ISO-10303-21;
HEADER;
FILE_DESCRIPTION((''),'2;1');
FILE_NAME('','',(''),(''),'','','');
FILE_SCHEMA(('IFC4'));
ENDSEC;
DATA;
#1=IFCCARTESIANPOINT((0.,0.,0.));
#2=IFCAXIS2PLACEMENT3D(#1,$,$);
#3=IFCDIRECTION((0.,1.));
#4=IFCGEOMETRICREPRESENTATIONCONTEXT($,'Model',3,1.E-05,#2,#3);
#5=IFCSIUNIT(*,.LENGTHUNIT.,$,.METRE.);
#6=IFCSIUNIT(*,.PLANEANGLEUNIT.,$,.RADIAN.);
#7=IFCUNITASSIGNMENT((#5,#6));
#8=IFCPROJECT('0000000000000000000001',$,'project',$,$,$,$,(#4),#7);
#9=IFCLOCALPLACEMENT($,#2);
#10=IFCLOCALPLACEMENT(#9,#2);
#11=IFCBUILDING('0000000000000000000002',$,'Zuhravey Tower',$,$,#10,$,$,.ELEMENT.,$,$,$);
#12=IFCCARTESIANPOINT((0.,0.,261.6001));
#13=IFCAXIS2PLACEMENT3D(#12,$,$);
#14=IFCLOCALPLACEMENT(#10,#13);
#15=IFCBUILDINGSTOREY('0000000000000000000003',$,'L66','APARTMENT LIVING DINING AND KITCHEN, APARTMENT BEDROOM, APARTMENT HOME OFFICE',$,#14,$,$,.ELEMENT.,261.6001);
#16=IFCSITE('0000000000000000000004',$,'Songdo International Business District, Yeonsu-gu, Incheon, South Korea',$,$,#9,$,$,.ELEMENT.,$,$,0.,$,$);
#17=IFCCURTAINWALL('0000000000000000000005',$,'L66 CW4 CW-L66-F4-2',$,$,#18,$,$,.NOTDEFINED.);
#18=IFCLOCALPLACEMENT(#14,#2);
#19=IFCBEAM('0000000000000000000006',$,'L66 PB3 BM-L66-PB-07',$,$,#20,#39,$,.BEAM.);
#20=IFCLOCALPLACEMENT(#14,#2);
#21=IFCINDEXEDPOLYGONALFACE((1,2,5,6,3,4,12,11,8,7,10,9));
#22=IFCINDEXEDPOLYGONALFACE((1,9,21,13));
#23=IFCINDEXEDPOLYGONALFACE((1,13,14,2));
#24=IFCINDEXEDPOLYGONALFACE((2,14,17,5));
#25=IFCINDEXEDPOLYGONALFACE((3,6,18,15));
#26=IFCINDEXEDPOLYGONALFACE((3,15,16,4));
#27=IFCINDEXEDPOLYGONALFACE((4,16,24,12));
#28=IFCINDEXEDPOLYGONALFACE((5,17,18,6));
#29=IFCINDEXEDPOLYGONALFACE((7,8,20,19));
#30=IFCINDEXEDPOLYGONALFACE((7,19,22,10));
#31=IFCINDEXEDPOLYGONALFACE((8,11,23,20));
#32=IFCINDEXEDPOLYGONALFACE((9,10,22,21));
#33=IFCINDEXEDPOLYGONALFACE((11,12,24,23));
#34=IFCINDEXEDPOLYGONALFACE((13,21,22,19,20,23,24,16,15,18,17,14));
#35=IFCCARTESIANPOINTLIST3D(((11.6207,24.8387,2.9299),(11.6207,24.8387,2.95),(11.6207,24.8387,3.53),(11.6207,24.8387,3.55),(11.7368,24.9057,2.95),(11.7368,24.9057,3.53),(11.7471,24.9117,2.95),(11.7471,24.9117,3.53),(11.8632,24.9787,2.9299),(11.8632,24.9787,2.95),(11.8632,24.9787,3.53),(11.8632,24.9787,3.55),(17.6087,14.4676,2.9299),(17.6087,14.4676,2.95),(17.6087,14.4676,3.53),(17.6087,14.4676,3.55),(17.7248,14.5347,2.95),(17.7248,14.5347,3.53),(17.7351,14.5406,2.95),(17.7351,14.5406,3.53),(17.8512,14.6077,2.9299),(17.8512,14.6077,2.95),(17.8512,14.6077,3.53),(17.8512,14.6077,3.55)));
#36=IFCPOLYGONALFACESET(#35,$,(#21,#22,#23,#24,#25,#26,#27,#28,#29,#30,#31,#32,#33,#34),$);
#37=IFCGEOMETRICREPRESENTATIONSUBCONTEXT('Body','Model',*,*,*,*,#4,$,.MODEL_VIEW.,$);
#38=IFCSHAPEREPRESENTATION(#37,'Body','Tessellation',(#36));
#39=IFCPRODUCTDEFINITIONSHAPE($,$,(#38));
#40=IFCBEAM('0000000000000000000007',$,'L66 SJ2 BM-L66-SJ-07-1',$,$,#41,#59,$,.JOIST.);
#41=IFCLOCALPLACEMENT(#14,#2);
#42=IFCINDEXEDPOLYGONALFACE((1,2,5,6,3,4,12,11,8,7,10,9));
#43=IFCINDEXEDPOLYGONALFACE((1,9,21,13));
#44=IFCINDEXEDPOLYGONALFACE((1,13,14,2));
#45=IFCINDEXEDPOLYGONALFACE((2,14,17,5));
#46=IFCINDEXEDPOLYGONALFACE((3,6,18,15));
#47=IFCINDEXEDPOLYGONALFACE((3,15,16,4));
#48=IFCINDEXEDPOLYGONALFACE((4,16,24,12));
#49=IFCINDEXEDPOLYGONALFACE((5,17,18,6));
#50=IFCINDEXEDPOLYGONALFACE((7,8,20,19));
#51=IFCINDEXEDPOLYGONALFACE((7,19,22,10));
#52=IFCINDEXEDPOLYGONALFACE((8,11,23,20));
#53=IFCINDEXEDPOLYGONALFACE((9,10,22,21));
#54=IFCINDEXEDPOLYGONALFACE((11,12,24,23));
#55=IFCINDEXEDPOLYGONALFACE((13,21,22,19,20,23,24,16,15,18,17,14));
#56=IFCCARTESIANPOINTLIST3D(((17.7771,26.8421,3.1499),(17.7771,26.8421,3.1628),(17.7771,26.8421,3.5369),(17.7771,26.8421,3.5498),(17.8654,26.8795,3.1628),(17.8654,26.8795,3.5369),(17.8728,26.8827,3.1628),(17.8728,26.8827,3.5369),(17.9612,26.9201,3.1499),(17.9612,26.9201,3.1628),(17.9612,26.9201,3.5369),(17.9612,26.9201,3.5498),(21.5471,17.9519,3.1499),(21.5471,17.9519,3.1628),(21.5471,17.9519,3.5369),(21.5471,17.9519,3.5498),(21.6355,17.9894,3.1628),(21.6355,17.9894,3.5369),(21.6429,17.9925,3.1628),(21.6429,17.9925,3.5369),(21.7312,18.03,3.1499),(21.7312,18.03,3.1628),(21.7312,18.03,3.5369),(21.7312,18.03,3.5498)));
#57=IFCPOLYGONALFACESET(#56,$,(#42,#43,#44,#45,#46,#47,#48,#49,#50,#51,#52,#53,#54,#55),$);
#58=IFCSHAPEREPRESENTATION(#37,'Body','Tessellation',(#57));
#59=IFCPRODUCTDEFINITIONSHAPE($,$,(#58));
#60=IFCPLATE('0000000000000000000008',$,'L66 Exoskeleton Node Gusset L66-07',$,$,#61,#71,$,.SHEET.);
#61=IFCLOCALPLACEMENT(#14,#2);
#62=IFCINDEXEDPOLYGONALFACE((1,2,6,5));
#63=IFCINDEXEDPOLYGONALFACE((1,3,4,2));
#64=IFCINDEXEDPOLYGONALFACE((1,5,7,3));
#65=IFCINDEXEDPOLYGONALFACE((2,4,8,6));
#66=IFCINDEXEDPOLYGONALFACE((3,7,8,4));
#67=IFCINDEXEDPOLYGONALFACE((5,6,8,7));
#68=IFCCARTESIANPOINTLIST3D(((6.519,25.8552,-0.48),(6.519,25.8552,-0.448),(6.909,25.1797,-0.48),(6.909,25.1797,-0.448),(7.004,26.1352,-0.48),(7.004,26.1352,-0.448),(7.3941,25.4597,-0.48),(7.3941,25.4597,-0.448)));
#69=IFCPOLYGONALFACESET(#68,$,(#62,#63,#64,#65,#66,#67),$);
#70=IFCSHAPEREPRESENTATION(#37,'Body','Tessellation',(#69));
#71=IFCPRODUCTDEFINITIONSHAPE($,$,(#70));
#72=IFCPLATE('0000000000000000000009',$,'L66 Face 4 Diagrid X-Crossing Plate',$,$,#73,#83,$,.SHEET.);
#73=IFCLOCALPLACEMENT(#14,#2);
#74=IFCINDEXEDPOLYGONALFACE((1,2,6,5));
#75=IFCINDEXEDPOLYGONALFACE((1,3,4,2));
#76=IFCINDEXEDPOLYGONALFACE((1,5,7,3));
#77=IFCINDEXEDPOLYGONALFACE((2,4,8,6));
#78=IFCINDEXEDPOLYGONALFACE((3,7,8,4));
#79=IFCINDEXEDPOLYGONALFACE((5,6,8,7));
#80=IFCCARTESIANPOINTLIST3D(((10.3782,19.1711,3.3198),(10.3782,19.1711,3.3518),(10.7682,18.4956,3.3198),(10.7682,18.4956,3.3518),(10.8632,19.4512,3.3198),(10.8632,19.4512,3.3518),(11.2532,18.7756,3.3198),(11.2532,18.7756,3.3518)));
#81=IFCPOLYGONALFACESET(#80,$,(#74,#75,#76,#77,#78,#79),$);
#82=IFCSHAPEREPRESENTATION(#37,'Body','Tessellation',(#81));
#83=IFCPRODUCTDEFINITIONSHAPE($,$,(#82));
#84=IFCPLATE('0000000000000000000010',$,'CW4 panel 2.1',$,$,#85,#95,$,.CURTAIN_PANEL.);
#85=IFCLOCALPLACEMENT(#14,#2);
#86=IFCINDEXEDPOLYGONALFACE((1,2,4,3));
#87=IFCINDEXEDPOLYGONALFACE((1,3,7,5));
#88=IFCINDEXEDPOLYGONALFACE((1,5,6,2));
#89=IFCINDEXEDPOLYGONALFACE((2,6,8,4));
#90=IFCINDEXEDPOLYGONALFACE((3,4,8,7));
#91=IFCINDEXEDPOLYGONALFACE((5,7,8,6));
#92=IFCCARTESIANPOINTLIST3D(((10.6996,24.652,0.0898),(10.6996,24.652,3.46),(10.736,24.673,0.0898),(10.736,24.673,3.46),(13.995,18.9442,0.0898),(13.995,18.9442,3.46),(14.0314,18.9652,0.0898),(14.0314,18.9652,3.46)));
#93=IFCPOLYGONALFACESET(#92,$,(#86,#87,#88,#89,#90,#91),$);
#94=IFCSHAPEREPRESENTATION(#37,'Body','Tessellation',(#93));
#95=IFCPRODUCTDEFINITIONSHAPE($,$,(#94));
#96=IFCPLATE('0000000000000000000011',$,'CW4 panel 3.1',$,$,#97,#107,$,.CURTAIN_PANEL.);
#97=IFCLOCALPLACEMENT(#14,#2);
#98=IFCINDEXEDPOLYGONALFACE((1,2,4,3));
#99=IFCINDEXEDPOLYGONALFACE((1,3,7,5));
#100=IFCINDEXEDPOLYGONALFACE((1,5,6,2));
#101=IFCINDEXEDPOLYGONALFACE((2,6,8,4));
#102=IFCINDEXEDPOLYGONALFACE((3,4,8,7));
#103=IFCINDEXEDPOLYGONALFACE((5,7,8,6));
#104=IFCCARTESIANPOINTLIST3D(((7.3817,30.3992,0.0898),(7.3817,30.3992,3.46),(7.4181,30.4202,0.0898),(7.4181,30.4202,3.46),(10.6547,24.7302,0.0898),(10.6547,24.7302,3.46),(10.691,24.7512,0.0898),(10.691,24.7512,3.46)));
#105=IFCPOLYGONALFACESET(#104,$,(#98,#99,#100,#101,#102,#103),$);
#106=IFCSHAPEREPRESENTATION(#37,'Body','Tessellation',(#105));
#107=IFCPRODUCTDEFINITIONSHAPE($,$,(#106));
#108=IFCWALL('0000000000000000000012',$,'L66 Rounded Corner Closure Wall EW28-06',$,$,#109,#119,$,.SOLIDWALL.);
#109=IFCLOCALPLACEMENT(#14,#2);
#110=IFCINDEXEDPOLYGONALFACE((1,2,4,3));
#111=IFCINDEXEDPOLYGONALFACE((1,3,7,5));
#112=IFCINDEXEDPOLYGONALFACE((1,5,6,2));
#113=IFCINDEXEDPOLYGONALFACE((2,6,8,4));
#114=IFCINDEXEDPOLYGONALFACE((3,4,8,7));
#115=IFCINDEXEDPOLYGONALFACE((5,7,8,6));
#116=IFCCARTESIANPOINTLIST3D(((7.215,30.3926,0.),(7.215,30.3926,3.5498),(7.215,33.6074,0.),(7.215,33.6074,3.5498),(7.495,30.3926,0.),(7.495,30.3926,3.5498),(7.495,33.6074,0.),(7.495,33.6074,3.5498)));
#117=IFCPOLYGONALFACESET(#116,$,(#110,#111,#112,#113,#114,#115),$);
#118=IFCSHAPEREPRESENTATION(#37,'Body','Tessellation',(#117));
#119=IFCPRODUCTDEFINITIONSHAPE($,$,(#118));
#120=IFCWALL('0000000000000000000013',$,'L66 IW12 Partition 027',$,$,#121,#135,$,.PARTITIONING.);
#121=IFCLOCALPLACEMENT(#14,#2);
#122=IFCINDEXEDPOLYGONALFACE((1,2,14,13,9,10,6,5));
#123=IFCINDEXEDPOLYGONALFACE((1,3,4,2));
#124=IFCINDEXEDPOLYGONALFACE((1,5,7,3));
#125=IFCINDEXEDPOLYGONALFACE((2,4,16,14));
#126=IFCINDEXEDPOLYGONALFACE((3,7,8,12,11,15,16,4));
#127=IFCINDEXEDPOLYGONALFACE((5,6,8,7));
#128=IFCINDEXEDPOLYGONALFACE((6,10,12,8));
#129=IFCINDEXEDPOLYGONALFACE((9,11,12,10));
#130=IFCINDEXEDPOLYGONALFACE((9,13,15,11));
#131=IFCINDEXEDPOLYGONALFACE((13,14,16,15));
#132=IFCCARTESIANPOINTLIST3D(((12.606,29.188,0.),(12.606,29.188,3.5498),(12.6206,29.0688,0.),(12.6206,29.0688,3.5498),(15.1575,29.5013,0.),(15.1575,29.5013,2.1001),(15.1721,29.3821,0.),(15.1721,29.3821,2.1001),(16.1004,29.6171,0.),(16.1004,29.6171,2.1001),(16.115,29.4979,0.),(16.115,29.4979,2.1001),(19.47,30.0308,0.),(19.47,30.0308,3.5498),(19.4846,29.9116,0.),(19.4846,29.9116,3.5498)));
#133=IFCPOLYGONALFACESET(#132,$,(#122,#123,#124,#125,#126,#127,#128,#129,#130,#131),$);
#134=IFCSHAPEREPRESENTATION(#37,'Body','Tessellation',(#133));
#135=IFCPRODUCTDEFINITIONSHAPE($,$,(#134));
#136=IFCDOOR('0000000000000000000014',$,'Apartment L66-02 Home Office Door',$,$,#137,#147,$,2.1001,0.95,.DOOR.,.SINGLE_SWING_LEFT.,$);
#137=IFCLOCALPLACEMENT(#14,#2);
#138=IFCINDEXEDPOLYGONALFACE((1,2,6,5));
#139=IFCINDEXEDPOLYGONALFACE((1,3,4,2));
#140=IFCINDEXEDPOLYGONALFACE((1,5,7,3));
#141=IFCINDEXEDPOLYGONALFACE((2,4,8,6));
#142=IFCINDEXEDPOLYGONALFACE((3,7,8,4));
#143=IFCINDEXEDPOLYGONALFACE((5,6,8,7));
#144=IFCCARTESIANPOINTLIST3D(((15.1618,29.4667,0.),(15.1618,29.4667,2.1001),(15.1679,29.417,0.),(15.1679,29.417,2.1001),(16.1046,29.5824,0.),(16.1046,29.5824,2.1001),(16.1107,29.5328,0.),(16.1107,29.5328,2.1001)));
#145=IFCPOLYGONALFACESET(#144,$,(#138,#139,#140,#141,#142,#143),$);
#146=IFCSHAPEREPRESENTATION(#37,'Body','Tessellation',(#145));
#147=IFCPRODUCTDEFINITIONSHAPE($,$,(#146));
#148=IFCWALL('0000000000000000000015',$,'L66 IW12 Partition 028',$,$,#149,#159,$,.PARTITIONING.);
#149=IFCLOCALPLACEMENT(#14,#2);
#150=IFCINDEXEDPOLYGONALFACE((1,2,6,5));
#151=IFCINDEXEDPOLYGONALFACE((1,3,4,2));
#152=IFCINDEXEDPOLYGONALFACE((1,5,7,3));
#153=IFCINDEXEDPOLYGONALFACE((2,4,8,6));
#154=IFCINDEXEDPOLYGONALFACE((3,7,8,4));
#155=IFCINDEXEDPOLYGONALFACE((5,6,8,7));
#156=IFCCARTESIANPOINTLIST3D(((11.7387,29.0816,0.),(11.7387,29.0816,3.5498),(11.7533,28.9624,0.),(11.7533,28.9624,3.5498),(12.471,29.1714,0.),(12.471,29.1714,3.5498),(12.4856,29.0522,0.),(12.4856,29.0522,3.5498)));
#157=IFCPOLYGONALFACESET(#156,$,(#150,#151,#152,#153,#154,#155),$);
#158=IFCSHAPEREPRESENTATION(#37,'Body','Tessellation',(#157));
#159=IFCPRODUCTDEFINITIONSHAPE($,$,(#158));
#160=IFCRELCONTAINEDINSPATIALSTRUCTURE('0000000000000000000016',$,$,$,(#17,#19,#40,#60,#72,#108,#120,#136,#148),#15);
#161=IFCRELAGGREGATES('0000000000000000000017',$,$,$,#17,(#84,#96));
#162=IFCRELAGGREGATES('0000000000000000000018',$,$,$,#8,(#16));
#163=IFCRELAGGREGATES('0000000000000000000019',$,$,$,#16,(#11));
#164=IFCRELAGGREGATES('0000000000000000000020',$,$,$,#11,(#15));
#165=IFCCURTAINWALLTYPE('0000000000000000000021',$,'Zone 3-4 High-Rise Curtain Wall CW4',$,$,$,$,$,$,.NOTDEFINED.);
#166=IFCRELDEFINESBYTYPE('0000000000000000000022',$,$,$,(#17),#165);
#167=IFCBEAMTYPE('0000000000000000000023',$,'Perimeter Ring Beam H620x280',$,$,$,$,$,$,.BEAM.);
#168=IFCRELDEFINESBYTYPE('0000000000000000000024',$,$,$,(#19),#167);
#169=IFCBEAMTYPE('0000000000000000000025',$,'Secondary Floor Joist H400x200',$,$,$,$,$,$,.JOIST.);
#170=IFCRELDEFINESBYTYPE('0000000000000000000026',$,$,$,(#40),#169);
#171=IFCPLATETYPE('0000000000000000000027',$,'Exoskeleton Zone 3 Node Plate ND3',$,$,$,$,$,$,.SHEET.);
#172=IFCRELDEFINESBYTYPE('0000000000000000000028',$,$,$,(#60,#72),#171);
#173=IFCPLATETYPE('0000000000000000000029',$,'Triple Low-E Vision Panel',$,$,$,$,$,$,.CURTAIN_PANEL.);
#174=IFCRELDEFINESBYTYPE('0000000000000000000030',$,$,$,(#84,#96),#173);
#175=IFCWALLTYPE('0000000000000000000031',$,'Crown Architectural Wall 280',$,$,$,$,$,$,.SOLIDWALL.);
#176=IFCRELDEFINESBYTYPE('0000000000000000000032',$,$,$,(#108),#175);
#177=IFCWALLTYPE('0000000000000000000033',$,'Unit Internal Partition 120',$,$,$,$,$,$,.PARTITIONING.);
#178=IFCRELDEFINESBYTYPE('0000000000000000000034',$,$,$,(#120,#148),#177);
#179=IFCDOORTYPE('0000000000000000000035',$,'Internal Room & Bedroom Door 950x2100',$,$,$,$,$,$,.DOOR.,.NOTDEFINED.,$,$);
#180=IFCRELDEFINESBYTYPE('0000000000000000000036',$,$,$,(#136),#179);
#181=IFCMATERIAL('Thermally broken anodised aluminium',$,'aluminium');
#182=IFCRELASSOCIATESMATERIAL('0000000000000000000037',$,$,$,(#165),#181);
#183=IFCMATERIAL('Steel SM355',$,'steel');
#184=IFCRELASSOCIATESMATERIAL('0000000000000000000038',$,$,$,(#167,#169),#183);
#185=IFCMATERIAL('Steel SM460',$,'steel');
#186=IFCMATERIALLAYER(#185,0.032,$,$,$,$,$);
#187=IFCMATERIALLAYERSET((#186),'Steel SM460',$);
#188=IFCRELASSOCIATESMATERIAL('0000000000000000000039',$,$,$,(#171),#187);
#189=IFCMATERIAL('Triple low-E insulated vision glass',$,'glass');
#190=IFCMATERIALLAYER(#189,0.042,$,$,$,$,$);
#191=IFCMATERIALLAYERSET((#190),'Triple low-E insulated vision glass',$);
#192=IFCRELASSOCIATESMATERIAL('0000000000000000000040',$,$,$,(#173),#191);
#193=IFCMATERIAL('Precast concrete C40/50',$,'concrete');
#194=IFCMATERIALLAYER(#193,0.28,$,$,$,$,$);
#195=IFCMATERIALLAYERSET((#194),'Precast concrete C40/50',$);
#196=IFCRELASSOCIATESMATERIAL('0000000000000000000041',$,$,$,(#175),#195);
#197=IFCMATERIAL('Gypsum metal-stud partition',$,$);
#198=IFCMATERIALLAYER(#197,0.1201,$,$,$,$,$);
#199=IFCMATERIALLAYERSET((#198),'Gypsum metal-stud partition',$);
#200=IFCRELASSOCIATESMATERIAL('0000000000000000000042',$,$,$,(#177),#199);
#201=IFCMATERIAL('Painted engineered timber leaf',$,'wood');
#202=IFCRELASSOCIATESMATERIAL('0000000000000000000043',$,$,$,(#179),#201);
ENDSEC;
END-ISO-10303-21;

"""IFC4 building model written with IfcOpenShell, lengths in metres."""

from ifc_helpers import new_model, si_unit, direction, frame, frame_2d, origin, origin_2d, place, context, subcontext, project, spatial, rectangle, i_section, extrude, material, layer, layer_set, material_profile, profile_set, type_object, element, fill, aggregate, save


model = new_model("IFC4")

# Units and contexts
model_context = context("Model", 3, precision=1e-05, world=origin(), true_north=direction((0.0, 1.0)))
body_context = subcontext(model_context, "Body", "Model", "MODEL_VIEW")
ifc_project = project(units=[si_unit("LENGTHUNIT", "METRE"), si_unit("PLANEANGLEUNIT", "RADIAN")], contexts=[model_context])

# Site, building, storey
site_placement = place(None, origin())
site = spatial("IfcSite", under=ifc_project, at=site_placement, Name="Songdo International Business District, Yeonsu-gu, Incheon, South Korea", CompositionType="ELEMENT", RefElevation=0.0)
building_placement = place(site_placement, origin())
building = spatial("IfcBuilding", under=site, at=building_placement, Name="Zuhravey Tower", CompositionType="ELEMENT")
storey_placement = place(building_placement, frame((0.0, 0.0, 261.6001)))
storey = spatial("IfcBuildingStorey", under=building, at=storey_placement, Name="L66", Description="APARTMENT LIVING DINING AND KITCHEN, APARTMENT BEDROOM, APARTMENT HOME OFFICE", CompositionType="ELEMENT", Elevation=261.6001)

# Curtain wall
ifc_material_1 = material(Name="Thermally broken anodised aluminium", Category="aluminium")
curtain_wall_type = type_object("IfcCurtainWallType", Name="Zone 3-4 High-Rise Curtain Wall CW4", PredefinedType="NOTDEFINED", material=ifc_material_1)
curtain_wall_placement = place(storey_placement, origin())
curtain_wall = element("IfcCurtainWall", 1, at=curtain_wall_placement, inside=storey, type_object=curtain_wall_type, Name="L66 CW4 CW-L66-F4-2", PredefinedType="NOTDEFINED")

# Shared definitions
ifc_material_2 = material(Name="Steel SM355", Category="steel")

# Beams
ifc_material_profile_1 = material_profile(ifc_material_2, i_section(OverallWidth=0.28, OverallDepth=0.6201, WebThickness=0.012, FlangeThickness=0.02, at=origin_2d()), Name="H-620x280x12x20")
ifc_profile_set_1 = profile_set([ifc_material_profile_1], Name="Steel SM355")
beam_type_1 = type_object("IfcBeamType", Name="Perimeter Ring Beam H620x280", PredefinedType="BEAM", material=ifc_profile_set_1)
beam_1_placement = place(storey_placement, frame((11.7419, 24.9087, 3.24), z_axis=(0.500018, -0.866015, 0.0), x_axis=(0.866015, 0.500018, 0.0)))
element("IfcBeam", 2, at=beam_1_placement, inside=storey, type_object=beam_type_1, Name="L66 PB3 BM-L66-PB-07", PredefinedType="BEAM", context=body_context, shape_type="SweptSolid", body=[
    extrude(i_section(OverallWidth=0.28, OverallDepth=0.6201, WebThickness=0.012, FlangeThickness=0.02, at=origin_2d()), origin(), (0.0, 0.0, 1.0), 11.9756),
])
ifc_material_profile_2 = material_profile(ifc_material_2, i_section(OverallWidth=0.2, OverallDepth=0.3999, WebThickness=0.0081, FlangeThickness=0.0129, at=origin_2d()), Name="H-400x200x8x13")
ifc_profile_set_2 = profile_set([ifc_material_profile_2], Name="Steel SM355")
beam_type_2 = type_object("IfcBeamType", Name="Secondary Floor Joist H400x200", PredefinedType="JOIST", material=ifc_profile_set_2)
beam_2_placement = place(storey_placement, frame((17.8691, 26.8811, 3.3499), z_axis=(0.390413, -0.92064, 0.0), x_axis=(0.92064, 0.390413, 0.0)))
element("IfcBeam", 3, at=beam_2_placement, inside=storey, type_object=beam_type_2, Name="L66 SJ2 BM-L66-SJ-07-1", PredefinedType="JOIST", context=body_context, shape_type="SweptSolid", body=[
    extrude(i_section(OverallWidth=0.2, OverallDepth=0.3999, WebThickness=0.0081, FlangeThickness=0.0129, at=origin_2d()), origin(), (0.0, 0.0, 1.0), 9.6565),
])

# Plates
ifc_material_3 = material(Name="Steel SM460", Category="steel")
ifc_layer_1 = layer(ifc_material_3, 0.032)
ifc_layer_set_1 = layer_set([ifc_layer_1], Name="Steel SM460")
plate_type_1 = type_object("IfcPlateType", Name="Exoskeleton Zone 3 Node Plate ND3", PredefinedType="SHEET", material=ifc_layer_set_1)
for number, where, z_axis, x_axis, name in (
    (4, (6.9565, 25.6575, -0.48), (0.0, 0.0, 1.0), (0.5, -0.866025, 0.0), "L66 Exoskeleton Node Gusset L66-07"),
    (5, (10.8157, 18.9734, 3.3198), (0.0, 0.0, 1.0), (0.5, -0.866025, 0.0), "L66 Face 4 Diagrid X-Crossing Plate"),
):
    element("IfcPlate", number, at=place(storey_placement, frame(where, z_axis=z_axis, x_axis=x_axis)), inside=storey, type_object=plate_type_1, Name=name, PredefinedType="SHEET", context=body_context, shape_type="SweptSolid", body=[
        extrude(rectangle(XDim=0.78, YDim=0.5601, at=origin_2d()), origin(), (0.0, 0.0, 1.0), 0.032),
    ])

# Plates
ifc_material_4 = material(Name="Triple low-E insulated vision glass", Category="glass")
ifc_layer_2 = layer(ifc_material_4, 0.042)
ifc_layer_set_2 = layer_set([ifc_layer_2], Name="Triple low-E insulated vision glass")
plate_type_2 = type_object("IfcPlateType", Name="Triple Low-E Vision Panel", PredefinedType="CURTAIN_PANEL", material=ifc_layer_set_2)
plate_1_placement = place(storey_placement, frame((12.3655, 21.8086, 0.0898), z_axis=(0.0, 0.0, 1.0), x_axis=(-0.499999, 0.866026, 0.0)))
plate_1 = element("IfcPlate", 6, at=plate_1_placement, type_object=plate_type_2, Name="CW4 panel 2.1", PredefinedType="CURTAIN_PANEL", context=body_context, shape_type="SweptSolid", body=[
    extrude(rectangle(XDim=6.5908, YDim=0.042, at=origin_2d()), origin(), (0.0, 0.0, 1.0), 3.3701),
])
plate_2_placement = place(storey_placement, frame((9.0364, 27.5752, 0.0898), z_axis=(0.0, 0.0, 1.0), x_axis=(-0.499999, 0.866026, 0.0)))
plate_2 = element("IfcPlate", 7, at=plate_2_placement, type_object=plate_type_2, Name="CW4 panel 3.1", PredefinedType="CURTAIN_PANEL", context=body_context, shape_type="SweptSolid", body=[
    extrude(rectangle(XDim=6.5459, YDim=0.042, at=origin_2d()), origin(), (0.0, 0.0, 1.0), 3.3701),
])
aggregate(curtain_wall, [plate_1, plate_2])

# Wall
ifc_material_5 = material(Name="Precast concrete C40/50", Category="concrete")
ifc_layer_3 = layer(ifc_material_5, 0.28)
ifc_layer_set_3 = layer_set([ifc_layer_3], Name="Precast concrete C40/50")
wall_type_1 = type_object("IfcWallType", Name="Crown Architectural Wall 280", PredefinedType="SOLIDWALL", material=ifc_layer_set_3)
wall_1_placement = place(storey_placement, frame((7.355, 30.3926, 0.0), z_axis=(0.0, 0.0, 1.0), x_axis=(0.0, 1.0, 0.0)))
element("IfcWall", 8, at=wall_1_placement, inside=storey, type_object=wall_type_1, Name="L66 Rounded Corner Closure Wall EW28-06", PredefinedType="SOLIDWALL", context=body_context, shape_type="SweptSolid", body=[
    extrude(rectangle(XDim=3.2148, YDim=0.28, at=frame_2d((1.6074, 0.0))), origin(), (0.0, 0.0, 1.0), 3.5498),
])

# Wall, opening, door
ifc_material_6 = material(Name="Gypsum metal-stud partition")
ifc_layer_4 = layer(ifc_material_6, 0.1201)
ifc_layer_set_4 = layer_set([ifc_layer_4], Name="Gypsum metal-stud partition")
wall_type_2 = type_object("IfcWallType", Name="Unit Internal Partition 120", PredefinedType="PARTITIONING", material=ifc_layer_set_4)
wall_2_placement = place(storey_placement, frame((19.4773, 29.9712, 0.0), z_axis=(0.0, 0.0, 1.0), x_axis=(-0.992547, -0.121866, 0.0)))
wall_2 = element("IfcWall", 9, at=wall_2_placement, inside=storey, type_object=wall_type_2, Name="L66 IW12 Partition 027", PredefinedType="PARTITIONING", context=body_context, shape_type="SweptSolid", body=[
    extrude(rectangle(XDim=6.9155, YDim=0.1201, at=frame_2d((3.4578, 0.0))), origin(), (0.0, 0.0, 1.0), 3.5498),
])
opening_1_placement = place(wall_2_placement, frame((3.3948, 0.0, 0.0)))
opening_1 = element("IfcOpeningElement", 10, at=opening_1_placement, cuts=wall_2, PredefinedType="OPENING", context=body_context, shape_type="SweptSolid", body=[
    extrude(rectangle(XDim=0.95, YDim=2.1001, at=frame_2d((0.4751, 1.05))), frame((0.0, 0.072, 0.0), z_axis=(0.0, -1.0, 0.0), x_axis=(1.0, 0.0, 0.0)), (0.0, 0.0, 1.0), 0.144),
])
ifc_material_7 = material(Name="Painted engineered timber leaf", Category="wood")
door_type = type_object("IfcDoorType", Name="Internal Room & Bedroom Door 950x2100", OperationType="NOTDEFINED", PredefinedType="DOOR", material=ifc_material_7)
door_1_placement = place(opening_1_placement, origin())
door_1 = element("IfcDoor", 11, at=door_1_placement, inside=storey, type_object=door_type, Name="Apartment L66-02 Home Office Door", OperationType="SINGLE_SWING_LEFT", OverallHeight=2.1001, OverallWidth=0.95, PredefinedType="DOOR", context=body_context, shape_type="SweptSolid", body=[
    extrude(rectangle(XDim=0.95, YDim=2.1001, at=frame_2d((0.4751, 1.05))), frame((0.0, 0.0249, 0.0), z_axis=(0.0, -1.0, 0.0), x_axis=(1.0, 0.0, 0.0)), (0.0, 0.0, 1.0), 0.05),
])
fill(opening_1, door_1)

# Wall
wall_3_placement = place(storey_placement, frame((12.4783, 29.1118, 0.0), z_axis=(0.0, 0.0, 1.0), x_axis=(-0.99256, -0.121754, 0.0)))
element("IfcWall", 12, at=wall_3_placement, inside=storey, type_object=wall_type_2, Name="L66 IW12 Partition 028", PredefinedType="PARTITIONING", context=body_context, shape_type="SweptSolid", body=[
    extrude(rectangle(XDim=0.7378, YDim=0.1201, at=frame_2d((0.3689, 0.0))), origin(), (0.0, 0.0, 1.0), 3.5498),
])

save(model, "model.ifc")
